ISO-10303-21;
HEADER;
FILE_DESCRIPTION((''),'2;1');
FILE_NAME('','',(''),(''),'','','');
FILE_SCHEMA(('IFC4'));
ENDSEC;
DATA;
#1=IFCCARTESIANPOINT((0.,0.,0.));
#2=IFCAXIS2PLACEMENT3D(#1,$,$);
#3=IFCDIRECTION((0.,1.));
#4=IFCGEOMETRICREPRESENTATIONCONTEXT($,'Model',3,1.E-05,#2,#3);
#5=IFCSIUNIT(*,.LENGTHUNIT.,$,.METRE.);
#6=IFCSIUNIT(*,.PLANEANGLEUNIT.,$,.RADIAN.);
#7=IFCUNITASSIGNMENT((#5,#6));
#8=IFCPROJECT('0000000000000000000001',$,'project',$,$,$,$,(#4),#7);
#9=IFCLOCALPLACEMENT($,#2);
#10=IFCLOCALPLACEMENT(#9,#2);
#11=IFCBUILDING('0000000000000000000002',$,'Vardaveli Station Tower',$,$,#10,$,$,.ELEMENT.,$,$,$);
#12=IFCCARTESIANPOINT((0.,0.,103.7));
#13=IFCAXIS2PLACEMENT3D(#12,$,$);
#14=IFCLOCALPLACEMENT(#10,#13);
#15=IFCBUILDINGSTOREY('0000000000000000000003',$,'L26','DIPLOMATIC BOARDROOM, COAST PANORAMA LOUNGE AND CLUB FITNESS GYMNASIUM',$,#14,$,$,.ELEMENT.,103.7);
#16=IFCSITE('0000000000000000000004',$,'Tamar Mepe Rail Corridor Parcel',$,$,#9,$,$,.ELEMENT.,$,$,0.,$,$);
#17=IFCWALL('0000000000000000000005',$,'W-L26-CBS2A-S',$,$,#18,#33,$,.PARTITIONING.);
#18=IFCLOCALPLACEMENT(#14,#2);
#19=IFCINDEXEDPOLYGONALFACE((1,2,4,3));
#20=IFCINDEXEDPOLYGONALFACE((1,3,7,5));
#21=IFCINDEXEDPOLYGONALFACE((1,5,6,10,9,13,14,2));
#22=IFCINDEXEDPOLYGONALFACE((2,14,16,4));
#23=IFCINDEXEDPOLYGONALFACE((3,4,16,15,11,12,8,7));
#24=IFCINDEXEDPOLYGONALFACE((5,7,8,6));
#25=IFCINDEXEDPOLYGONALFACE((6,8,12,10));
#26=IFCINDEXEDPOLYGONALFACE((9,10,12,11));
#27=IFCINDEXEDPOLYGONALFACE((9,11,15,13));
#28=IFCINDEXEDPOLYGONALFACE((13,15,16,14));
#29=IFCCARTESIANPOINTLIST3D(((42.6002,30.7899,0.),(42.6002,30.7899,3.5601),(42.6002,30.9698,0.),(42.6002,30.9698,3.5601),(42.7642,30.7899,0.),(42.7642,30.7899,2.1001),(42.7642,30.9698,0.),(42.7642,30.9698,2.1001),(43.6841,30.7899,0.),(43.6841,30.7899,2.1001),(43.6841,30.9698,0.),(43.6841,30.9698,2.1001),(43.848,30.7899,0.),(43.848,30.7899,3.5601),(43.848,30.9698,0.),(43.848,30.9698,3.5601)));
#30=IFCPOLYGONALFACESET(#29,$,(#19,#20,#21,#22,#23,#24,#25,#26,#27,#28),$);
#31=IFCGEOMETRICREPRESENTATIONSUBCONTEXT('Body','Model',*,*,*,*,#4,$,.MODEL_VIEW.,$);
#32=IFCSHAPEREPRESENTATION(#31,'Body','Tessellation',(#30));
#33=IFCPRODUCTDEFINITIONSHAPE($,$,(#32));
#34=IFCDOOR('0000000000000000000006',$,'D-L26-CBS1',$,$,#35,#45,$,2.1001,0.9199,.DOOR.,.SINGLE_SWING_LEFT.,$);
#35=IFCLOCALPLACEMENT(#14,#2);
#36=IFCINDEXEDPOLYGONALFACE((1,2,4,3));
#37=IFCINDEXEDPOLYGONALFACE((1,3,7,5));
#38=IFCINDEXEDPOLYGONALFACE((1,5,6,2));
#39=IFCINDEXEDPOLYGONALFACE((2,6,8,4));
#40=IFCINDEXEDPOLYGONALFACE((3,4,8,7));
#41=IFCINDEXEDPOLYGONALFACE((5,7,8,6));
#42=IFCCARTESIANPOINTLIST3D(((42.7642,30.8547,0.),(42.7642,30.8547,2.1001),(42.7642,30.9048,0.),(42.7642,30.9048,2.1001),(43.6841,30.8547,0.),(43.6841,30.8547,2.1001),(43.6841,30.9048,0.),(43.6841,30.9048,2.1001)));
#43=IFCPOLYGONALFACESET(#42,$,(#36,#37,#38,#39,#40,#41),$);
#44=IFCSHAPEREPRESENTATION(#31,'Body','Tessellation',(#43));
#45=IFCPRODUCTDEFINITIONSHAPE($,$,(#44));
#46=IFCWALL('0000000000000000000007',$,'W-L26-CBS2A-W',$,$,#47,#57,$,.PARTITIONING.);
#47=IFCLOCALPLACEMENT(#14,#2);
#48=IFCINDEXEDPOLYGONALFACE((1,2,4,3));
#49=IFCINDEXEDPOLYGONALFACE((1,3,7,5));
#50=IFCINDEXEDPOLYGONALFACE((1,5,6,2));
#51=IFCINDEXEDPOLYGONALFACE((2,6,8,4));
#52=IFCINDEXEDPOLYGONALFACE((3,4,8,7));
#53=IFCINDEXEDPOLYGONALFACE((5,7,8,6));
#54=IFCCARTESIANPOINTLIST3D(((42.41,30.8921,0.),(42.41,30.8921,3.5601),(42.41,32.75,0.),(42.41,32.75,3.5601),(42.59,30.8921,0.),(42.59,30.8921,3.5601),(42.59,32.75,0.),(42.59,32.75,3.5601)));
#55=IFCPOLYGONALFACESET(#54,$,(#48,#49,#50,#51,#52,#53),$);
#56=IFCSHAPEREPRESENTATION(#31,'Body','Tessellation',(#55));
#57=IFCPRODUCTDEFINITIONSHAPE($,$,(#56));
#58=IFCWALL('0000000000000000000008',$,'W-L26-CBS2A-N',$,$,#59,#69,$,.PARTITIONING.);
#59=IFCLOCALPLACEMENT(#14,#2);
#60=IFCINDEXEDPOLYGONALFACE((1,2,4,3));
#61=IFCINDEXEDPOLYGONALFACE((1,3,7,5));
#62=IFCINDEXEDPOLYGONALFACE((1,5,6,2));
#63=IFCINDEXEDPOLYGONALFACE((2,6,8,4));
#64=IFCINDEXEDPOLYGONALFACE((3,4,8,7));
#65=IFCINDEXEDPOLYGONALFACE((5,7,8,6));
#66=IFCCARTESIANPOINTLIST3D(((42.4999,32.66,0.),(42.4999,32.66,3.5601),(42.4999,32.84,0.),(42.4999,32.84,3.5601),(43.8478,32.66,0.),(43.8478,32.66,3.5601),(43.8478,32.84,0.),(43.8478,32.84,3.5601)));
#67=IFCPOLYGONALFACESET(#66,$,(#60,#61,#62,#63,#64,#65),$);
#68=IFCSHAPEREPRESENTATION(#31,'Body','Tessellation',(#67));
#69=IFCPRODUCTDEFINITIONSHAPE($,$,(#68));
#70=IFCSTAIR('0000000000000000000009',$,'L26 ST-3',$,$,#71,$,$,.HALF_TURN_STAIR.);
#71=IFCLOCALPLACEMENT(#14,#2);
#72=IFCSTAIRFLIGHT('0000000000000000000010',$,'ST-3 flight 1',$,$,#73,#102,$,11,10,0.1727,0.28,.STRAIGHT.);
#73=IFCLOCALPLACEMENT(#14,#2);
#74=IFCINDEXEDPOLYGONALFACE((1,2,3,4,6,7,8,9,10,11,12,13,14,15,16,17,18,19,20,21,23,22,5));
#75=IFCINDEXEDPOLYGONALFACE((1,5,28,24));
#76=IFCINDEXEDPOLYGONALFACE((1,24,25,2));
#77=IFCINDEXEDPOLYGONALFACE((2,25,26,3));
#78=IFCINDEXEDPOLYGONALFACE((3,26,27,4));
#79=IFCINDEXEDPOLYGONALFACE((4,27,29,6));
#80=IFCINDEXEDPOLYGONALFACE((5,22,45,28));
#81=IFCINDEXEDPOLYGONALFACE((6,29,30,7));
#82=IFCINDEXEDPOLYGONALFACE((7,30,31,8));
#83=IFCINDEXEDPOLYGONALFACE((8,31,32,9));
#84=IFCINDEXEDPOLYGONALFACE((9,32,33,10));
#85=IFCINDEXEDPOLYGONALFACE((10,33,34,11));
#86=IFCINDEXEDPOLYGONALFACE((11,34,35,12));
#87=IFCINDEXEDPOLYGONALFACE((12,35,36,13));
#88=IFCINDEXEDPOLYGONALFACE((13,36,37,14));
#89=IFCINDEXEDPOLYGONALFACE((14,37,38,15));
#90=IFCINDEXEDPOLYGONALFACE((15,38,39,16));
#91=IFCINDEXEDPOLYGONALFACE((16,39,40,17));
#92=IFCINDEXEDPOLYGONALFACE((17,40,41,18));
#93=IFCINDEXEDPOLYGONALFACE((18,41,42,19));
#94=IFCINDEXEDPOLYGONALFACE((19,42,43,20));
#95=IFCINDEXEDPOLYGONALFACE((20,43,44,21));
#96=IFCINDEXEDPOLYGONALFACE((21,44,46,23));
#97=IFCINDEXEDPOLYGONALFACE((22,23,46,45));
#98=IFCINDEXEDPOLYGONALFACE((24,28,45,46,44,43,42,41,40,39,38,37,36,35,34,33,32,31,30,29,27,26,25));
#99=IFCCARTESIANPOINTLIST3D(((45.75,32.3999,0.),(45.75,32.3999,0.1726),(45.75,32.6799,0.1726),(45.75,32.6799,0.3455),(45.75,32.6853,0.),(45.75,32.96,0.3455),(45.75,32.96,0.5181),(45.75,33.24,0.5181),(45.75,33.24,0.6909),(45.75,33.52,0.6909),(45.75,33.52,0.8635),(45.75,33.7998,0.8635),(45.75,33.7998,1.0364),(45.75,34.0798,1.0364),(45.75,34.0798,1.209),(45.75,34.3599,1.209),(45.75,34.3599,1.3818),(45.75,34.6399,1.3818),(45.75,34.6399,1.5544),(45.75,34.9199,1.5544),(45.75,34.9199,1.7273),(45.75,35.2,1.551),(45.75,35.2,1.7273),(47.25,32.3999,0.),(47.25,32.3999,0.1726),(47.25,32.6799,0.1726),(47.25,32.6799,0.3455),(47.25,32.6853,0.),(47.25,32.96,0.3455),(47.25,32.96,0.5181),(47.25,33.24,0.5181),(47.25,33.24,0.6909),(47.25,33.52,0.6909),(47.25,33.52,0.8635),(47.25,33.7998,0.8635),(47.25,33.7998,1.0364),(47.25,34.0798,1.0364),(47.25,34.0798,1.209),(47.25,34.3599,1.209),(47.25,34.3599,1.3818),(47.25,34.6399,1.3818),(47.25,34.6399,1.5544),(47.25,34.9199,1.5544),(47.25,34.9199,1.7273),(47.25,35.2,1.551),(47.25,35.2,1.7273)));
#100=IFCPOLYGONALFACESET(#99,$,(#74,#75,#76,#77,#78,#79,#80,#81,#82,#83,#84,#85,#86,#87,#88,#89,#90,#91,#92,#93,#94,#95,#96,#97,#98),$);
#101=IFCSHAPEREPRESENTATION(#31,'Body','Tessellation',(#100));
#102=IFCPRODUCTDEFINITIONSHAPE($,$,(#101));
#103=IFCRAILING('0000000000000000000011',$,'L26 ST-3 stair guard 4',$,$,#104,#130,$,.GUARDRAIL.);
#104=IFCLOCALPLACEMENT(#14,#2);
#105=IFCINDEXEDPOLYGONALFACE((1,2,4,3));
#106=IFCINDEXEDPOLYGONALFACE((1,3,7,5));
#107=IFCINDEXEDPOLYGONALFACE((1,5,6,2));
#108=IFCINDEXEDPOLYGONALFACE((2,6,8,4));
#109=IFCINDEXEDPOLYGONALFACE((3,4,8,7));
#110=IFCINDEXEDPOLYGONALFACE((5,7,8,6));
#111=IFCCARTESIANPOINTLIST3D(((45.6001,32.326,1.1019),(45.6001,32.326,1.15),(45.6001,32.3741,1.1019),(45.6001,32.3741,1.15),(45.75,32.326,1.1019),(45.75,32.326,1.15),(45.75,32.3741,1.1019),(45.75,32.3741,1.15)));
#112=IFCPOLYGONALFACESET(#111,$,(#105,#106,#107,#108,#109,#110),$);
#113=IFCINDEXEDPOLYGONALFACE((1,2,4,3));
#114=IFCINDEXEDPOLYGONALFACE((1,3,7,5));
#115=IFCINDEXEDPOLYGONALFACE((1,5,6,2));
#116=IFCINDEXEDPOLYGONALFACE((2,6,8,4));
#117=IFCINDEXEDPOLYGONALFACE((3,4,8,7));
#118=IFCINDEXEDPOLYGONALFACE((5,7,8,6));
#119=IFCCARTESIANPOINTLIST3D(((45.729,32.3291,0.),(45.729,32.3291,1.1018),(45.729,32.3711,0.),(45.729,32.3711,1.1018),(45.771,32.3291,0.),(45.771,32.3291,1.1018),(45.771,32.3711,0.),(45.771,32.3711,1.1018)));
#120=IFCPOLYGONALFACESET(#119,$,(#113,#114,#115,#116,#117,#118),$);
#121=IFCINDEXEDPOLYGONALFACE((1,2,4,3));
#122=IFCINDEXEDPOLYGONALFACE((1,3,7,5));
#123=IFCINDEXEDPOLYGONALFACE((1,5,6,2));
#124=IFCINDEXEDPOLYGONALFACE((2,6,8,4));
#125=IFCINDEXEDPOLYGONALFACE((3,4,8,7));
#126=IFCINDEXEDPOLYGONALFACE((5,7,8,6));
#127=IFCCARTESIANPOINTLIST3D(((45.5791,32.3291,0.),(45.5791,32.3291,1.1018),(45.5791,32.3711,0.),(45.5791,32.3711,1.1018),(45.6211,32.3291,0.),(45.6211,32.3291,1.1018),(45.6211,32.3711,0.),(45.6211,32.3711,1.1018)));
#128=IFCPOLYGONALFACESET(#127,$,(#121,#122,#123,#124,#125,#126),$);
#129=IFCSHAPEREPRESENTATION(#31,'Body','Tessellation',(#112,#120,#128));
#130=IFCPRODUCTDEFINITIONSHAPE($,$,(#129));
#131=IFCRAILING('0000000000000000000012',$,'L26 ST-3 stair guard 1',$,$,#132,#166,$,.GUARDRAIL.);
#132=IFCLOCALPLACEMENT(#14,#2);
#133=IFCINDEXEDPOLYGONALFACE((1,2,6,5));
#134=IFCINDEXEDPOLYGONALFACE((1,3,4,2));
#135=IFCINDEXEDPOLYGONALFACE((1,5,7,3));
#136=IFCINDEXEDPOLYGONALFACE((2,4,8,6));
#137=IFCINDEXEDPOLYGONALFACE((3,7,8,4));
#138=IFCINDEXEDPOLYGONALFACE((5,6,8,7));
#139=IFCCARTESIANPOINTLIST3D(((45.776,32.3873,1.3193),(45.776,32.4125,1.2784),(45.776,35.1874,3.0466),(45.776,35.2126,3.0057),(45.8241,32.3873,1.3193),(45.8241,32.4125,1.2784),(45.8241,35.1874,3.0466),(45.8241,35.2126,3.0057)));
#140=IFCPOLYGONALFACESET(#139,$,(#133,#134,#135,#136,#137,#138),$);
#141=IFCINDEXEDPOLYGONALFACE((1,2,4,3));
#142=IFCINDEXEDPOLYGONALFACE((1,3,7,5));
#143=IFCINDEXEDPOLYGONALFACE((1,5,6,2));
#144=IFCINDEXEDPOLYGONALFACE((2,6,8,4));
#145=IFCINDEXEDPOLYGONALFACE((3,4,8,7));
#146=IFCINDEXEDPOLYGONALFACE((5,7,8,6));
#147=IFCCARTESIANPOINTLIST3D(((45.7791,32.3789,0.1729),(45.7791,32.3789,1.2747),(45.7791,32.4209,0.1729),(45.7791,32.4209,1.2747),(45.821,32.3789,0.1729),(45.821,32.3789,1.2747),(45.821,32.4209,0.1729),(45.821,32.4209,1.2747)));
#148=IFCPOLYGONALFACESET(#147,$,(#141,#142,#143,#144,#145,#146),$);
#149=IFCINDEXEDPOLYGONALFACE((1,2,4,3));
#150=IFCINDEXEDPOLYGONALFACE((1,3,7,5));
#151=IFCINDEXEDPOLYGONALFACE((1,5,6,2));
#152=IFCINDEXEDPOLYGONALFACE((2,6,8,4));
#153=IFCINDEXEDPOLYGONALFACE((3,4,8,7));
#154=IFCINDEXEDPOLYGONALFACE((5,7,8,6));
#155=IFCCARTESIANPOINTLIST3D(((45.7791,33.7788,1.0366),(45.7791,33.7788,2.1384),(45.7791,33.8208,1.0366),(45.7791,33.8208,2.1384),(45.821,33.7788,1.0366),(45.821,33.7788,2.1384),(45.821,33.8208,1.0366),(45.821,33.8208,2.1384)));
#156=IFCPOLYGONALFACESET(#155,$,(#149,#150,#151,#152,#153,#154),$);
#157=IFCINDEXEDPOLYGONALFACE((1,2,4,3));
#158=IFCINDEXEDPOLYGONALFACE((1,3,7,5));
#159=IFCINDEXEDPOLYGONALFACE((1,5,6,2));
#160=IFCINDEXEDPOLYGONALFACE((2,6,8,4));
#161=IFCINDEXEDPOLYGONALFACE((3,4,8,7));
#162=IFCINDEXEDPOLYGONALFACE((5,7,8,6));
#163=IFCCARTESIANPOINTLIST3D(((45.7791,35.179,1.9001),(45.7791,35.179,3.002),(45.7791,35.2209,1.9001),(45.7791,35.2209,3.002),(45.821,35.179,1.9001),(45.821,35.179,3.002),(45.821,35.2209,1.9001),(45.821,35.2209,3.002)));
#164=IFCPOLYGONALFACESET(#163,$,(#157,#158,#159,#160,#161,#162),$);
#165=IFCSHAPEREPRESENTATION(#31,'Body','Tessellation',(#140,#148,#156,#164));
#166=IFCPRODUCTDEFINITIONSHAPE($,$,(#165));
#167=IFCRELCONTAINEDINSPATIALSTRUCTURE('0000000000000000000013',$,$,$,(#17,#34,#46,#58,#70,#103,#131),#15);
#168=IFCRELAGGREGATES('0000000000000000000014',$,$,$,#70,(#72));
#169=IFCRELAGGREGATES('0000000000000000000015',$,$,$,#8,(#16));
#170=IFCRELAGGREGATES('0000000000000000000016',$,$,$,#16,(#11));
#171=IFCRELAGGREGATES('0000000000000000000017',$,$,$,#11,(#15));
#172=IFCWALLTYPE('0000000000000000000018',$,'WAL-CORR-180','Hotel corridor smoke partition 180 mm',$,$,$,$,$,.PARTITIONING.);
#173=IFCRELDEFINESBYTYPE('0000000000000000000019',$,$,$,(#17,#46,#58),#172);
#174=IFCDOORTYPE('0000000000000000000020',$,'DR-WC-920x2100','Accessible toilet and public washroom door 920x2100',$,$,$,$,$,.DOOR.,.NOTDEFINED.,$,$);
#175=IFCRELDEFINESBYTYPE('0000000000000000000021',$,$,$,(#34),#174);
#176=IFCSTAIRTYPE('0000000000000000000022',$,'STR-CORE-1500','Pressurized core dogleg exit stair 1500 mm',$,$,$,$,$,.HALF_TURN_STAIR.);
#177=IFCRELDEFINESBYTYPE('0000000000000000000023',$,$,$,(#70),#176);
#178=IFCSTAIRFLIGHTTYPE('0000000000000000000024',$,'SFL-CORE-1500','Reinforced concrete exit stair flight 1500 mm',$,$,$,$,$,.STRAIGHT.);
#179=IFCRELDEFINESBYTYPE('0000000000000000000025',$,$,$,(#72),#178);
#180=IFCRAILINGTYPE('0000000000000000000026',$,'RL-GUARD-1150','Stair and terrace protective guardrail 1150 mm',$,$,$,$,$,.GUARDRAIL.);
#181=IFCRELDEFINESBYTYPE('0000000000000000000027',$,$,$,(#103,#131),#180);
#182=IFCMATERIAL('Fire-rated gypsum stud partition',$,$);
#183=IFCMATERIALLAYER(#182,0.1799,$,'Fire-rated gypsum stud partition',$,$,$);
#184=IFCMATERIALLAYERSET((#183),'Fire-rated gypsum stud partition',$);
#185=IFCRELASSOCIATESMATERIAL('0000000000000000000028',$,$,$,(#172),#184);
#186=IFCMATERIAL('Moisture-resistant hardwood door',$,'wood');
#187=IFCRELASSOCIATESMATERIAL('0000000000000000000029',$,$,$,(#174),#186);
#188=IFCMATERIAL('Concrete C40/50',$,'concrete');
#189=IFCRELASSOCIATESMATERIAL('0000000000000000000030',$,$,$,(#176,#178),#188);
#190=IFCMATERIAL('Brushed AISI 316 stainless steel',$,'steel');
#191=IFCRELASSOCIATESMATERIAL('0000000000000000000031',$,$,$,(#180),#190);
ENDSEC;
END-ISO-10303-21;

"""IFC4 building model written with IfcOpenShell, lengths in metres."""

from ifc_helpers import new_model, si_unit, direction, frame, frame_2d, origin, origin_2d, place, context, subcontext, project, spatial, polyline, rectangle, outline, extrude, source, transform, mapped, material, layer, layer_set, type_object, element, fill, aggregate, save


model = new_model("IFC4")

# Units and contexts
model_context = context("Model", 3, precision=1e-05, world=origin(), true_north=direction((0.0, 1.0)))
body_context = subcontext(model_context, "Body", "Model", "MODEL_VIEW")
ifc_project = project(units=[si_unit("LENGTHUNIT", "METRE"), si_unit("PLANEANGLEUNIT", "RADIAN")], contexts=[model_context])

# Site, building, storey
site_placement = place(None, origin())
site = spatial("IfcSite", under=ifc_project, at=site_placement, Name="Tamar Mepe Rail Corridor Parcel", CompositionType="ELEMENT", RefElevation=0.0)
building_placement = place(site_placement, origin())
building = spatial("IfcBuilding", under=site, at=building_placement, Name="Vardaveli Station Tower", CompositionType="ELEMENT")
storey_placement = place(building_placement, frame((0.0, 0.0, 103.7)))
storey = spatial("IfcBuildingStorey", under=building, at=storey_placement, Name="L26", Description="DIPLOMATIC BOARDROOM, COAST PANORAMA LOUNGE AND CLUB FITNESS GYMNASIUM", CompositionType="ELEMENT", Elevation=103.7)

# Shared definitions
ifc_material_1 = material(Name="Concrete C40/50", Category="concrete")

# Wall, opening, door
ifc_material_2 = material(Name="Fire-rated gypsum stud partition")
ifc_layer_1 = layer(ifc_material_2, 0.1799, Name="Fire-rated gypsum stud partition")
ifc_layer_set_1 = layer_set([ifc_layer_1], Name="Fire-rated gypsum stud partition")
wall_type_1 = type_object("IfcWallType", Name="WAL-CORR-180", Description="Hotel corridor smoke partition 180 mm", PredefinedType="PARTITIONING", material=ifc_layer_set_1)
shared_shape_1 = source(origin(), body_context, "Body", "SweptSolid", [
    extrude(rectangle(XDim=1.2478, YDim=0.1799, at=frame_2d((0.624, 0.0))), origin(), (0.0, 0.0, 1.0), 3.5601),
])
wall_1_placement = place(storey_placement, frame((42.6001, 30.8799, 0.0), z_axis=(0.0, 0.0, 1.0), x_axis=(1.0, 0.0, 0.0)))
wall_1 = element("IfcWall", 1, at=wall_1_placement, inside=storey, type_object=wall_type_1, Name="W-L26-CBS2A-S", PredefinedType="PARTITIONING", context=body_context, shape_type="MappedRepresentation", body=[
    mapped(shared_shape_1, transform((0.0, 0.0, 0.0), scale=1.0)),
])
shared_shape_2 = source(origin(), body_context, "Body", "SweptSolid", [
    extrude(rectangle(XDim=0.9199, YDim=2.1001, at=frame_2d((0.46, 1.05))), frame((0.0, 0.1001, 0.0), z_axis=(0.0, -1.0, 0.0), x_axis=(1.0, 0.0, 0.0)), (0.0, 0.0, 1.0), 0.2),
])
opening_1_placement = place(wall_1_placement, frame((0.1641, 0.0, 0.0)))
opening_1 = element("IfcOpeningElement", 2, at=opening_1_placement, cuts=wall_1, PredefinedType="OPENING", context=body_context, shape_type="MappedRepresentation", body=[
    mapped(shared_shape_2, transform((0.0, 0.0, 0.0), scale=1.0)),
])
ifc_material_3 = material(Name="Moisture-resistant hardwood door", Category="wood")
door_type_1 = type_object("IfcDoorType", Name="DR-WC-920x2100", Description="Accessible toilet and public washroom door 920x2100", OperationType="NOTDEFINED", PredefinedType="DOOR", material=ifc_material_3)
shared_shape_3 = source(origin(), body_context, "Body", "SweptSolid", [
    extrude(rectangle(XDim=0.9199, YDim=2.1001, at=frame_2d((0.46, 1.05))), frame((0.0, 0.0249, 0.0), z_axis=(0.0, -1.0, 0.0), x_axis=(1.0, 0.0, 0.0)), (0.0, 0.0, 1.0), 0.05),
])
door_1_placement = place(opening_1_placement, origin())
door_1 = element("IfcDoor", 3, at=door_1_placement, inside=storey, type_object=door_type_1, Name="D-L26-CBS1", OperationType="SINGLE_SWING_LEFT", OverallHeight=2.1001, OverallWidth=0.9199, PredefinedType="DOOR", context=body_context, shape_type="MappedRepresentation", body=[
    mapped(shared_shape_3, transform((0.0, 0.0, 0.0), scale=1.0)),
])
fill(opening_1, door_1)

# Walls
shared_shape_4 = source(origin(), body_context, "Body", "SweptSolid", [
    extrude(rectangle(XDim=1.8579, YDim=0.1799, at=frame_2d((0.929, 0.0))), origin(), (0.0, 0.0, 1.0), 3.5601),
])
wall_2_placement = place(storey_placement, frame((42.5, 30.8921, 0.0), z_axis=(0.0, 0.0, 1.0), x_axis=(0.0, 1.0, 0.0)))
element("IfcWall", 4, at=wall_2_placement, inside=storey, type_object=wall_type_1, Name="W-L26-CBS2A-W", PredefinedType="PARTITIONING", context=body_context, shape_type="MappedRepresentation", body=[
    mapped(shared_shape_4, transform((0.0, 0.0, 0.0), scale=1.0)),
])
shared_shape_5 = source(origin(), body_context, "Body", "SweptSolid", [
    extrude(rectangle(XDim=1.3479, YDim=0.1799, at=frame_2d((0.6738, 0.0))), origin(), (0.0, 0.0, 1.0), 3.5601),
])
wall_3_placement = place(storey_placement, frame((42.5, 32.75, 0.0), z_axis=(0.0, 0.0, 1.0), x_axis=(1.0, 0.0, 0.0)))
element("IfcWall", 5, at=wall_3_placement, inside=storey, type_object=wall_type_1, Name="W-L26-CBS2A-N", PredefinedType="PARTITIONING", context=body_context, shape_type="MappedRepresentation", body=[
    mapped(shared_shape_5, transform((0.0, 0.0, 0.0), scale=1.0)),
])

# Stair, stair flight
stair_type = type_object("IfcStairType", Name="STR-CORE-1500", Description="Pressurized core dogleg exit stair 1500 mm", PredefinedType="HALF_TURN_STAIR", material=ifc_material_1)
stair_placement = place(storey_placement, origin())
stair = element("IfcStair", 6, at=stair_placement, inside=storey, type_object=stair_type, Name="L26 ST-3", PredefinedType="HALF_TURN_STAIR")
stair_flight_type = type_object("IfcStairFlightType", Name="SFL-CORE-1500", Description="Reinforced concrete exit stair flight 1500 mm", PredefinedType="STRAIGHT", material=ifc_material_1)
shared_shape_6 = source(origin(), body_context, "Body", "SweptSolid", [
    extrude(outline(polyline([(0.0, 0.0), (0.0, 0.1726), (0.28, 0.1726), (0.28, 0.3455), (0.5601, 0.3455), (0.5601, 0.5181), (0.8401, 0.5181), (0.8401, 0.6909), (1.1201, 0.6909), (1.1201, 0.8635), (1.3999, 0.8635), (1.3999, 1.0364), (1.6799, 1.0364), (1.6799, 1.209), (1.96, 1.209), (1.96, 1.3818), (2.24, 1.3818), (2.24, 1.5544), (2.52, 1.5544), (2.52, 1.7273), (2.8, 1.7273), (2.8, 1.8999), (2.8, 1.551), (0.2854, 0.0), (0.0, 0.0)])), frame((0.0, 0.75, 0.0), z_axis=(0.0, -1.0, 0.0), x_axis=(1.0, 0.0, 0.0)), (0.0, 0.0, 1.0), 1.5),
])
stair_flight_placement = place(storey_placement, frame((46.5, 32.3999, 0.0), z_axis=(0.0, 0.0, 1.0), x_axis=(0.0, 1.0, 0.0)))
stair_flight = element("IfcStairFlight", 7, at=stair_flight_placement, type_object=stair_flight_type, Name="ST-3 flight 1", NumberOfRisers=11, NumberOfTreads=10, PredefinedType="STRAIGHT", RiserHeight=0.1727, TreadLength=0.28, context=body_context, shape_type="MappedRepresentation", body=[
    mapped(shared_shape_6, transform((0.0, 0.0, 0.0), scale=1.0)),
])
aggregate(stair, [stair_flight])

# Railings
ifc_material_4 = material(Name="Brushed AISI 316 stainless steel", Category="steel")
railing_type_1 = type_object("IfcRailingType", Name="RL-GUARD-1150", Description="Stair and terrace protective guardrail 1150 mm", PredefinedType="GUARDRAIL", material=ifc_material_4)
shared_shape_7 = source(origin(), body_context, "Body", "SweptSolid", [
    extrude(rectangle(XDim=0.0481, YDim=0.0481, at=origin_2d()), frame((0.0, 0.0, 1.126), z_axis=(-1.0, 0.0, 0.0), x_axis=(0.0, -1.0, 0.0)), (0.0, 0.0, 1.0), 0.1499),
    extrude(rectangle(XDim=0.042, YDim=0.042, at=origin_2d()), origin(), (0.0, 0.0, 1.0), 1.1018),
    extrude(rectangle(XDim=0.042, YDim=0.042, at=origin_2d()), frame((-0.1499, 0.0, 0.0)), (0.0, 0.0, 1.0), 1.1018),
])
railing_1_placement = place(storey_placement, frame((45.75, 32.3501, 0.0)))
element("IfcRailing", 8, at=railing_1_placement, inside=storey, type_object=railing_type_1, Name="L26 ST-3 stair guard 4", PredefinedType="GUARDRAIL", context=body_context, shape_type="MappedRepresentation", body=[
    mapped(shared_shape_7, transform((0.0, 0.0, 0.0), scale=1.0)),
])
shared_shape_8 = source(origin(), body_context, "Body", "SweptSolid", [
    extrude(rectangle(XDim=0.0481, YDim=0.0481, at=origin_2d()), frame((0.0, 0.0, 1.126), z_axis=(0.0, 0.85109, 0.52502), x_axis=(-1.0, 0.0, 0.0)), (0.0, 0.0, 1.0), 3.29),
    extrude(rectangle(XDim=0.042, YDim=0.042, at=origin_2d()), origin(), (0.0, 0.0, 1.0), 1.1018),
    extrude(rectangle(XDim=0.042, YDim=0.042, at=origin_2d()), frame((0.0, 1.3999, 0.8638)), (0.0, 0.0, 1.0), 1.1018),
    extrude(rectangle(XDim=0.042, YDim=0.042, at=origin_2d()), frame((0.0, 2.8, 1.7273)), (0.0, 0.0, 1.0), 1.1018),
])
railing_2_placement = place(storey_placement, frame((45.8, 32.3999, 0.1729)))
element("IfcRailing", 9, at=railing_2_placement, inside=storey, type_object=railing_type_1, Name="L26 ST-3 stair guard 1", PredefinedType="GUARDRAIL", context=body_context, shape_type="MappedRepresentation", body=[
    mapped(shared_shape_8, transform((0.0, 0.0, 0.0), scale=1.0)),
])

save(model, "model.ifc")
